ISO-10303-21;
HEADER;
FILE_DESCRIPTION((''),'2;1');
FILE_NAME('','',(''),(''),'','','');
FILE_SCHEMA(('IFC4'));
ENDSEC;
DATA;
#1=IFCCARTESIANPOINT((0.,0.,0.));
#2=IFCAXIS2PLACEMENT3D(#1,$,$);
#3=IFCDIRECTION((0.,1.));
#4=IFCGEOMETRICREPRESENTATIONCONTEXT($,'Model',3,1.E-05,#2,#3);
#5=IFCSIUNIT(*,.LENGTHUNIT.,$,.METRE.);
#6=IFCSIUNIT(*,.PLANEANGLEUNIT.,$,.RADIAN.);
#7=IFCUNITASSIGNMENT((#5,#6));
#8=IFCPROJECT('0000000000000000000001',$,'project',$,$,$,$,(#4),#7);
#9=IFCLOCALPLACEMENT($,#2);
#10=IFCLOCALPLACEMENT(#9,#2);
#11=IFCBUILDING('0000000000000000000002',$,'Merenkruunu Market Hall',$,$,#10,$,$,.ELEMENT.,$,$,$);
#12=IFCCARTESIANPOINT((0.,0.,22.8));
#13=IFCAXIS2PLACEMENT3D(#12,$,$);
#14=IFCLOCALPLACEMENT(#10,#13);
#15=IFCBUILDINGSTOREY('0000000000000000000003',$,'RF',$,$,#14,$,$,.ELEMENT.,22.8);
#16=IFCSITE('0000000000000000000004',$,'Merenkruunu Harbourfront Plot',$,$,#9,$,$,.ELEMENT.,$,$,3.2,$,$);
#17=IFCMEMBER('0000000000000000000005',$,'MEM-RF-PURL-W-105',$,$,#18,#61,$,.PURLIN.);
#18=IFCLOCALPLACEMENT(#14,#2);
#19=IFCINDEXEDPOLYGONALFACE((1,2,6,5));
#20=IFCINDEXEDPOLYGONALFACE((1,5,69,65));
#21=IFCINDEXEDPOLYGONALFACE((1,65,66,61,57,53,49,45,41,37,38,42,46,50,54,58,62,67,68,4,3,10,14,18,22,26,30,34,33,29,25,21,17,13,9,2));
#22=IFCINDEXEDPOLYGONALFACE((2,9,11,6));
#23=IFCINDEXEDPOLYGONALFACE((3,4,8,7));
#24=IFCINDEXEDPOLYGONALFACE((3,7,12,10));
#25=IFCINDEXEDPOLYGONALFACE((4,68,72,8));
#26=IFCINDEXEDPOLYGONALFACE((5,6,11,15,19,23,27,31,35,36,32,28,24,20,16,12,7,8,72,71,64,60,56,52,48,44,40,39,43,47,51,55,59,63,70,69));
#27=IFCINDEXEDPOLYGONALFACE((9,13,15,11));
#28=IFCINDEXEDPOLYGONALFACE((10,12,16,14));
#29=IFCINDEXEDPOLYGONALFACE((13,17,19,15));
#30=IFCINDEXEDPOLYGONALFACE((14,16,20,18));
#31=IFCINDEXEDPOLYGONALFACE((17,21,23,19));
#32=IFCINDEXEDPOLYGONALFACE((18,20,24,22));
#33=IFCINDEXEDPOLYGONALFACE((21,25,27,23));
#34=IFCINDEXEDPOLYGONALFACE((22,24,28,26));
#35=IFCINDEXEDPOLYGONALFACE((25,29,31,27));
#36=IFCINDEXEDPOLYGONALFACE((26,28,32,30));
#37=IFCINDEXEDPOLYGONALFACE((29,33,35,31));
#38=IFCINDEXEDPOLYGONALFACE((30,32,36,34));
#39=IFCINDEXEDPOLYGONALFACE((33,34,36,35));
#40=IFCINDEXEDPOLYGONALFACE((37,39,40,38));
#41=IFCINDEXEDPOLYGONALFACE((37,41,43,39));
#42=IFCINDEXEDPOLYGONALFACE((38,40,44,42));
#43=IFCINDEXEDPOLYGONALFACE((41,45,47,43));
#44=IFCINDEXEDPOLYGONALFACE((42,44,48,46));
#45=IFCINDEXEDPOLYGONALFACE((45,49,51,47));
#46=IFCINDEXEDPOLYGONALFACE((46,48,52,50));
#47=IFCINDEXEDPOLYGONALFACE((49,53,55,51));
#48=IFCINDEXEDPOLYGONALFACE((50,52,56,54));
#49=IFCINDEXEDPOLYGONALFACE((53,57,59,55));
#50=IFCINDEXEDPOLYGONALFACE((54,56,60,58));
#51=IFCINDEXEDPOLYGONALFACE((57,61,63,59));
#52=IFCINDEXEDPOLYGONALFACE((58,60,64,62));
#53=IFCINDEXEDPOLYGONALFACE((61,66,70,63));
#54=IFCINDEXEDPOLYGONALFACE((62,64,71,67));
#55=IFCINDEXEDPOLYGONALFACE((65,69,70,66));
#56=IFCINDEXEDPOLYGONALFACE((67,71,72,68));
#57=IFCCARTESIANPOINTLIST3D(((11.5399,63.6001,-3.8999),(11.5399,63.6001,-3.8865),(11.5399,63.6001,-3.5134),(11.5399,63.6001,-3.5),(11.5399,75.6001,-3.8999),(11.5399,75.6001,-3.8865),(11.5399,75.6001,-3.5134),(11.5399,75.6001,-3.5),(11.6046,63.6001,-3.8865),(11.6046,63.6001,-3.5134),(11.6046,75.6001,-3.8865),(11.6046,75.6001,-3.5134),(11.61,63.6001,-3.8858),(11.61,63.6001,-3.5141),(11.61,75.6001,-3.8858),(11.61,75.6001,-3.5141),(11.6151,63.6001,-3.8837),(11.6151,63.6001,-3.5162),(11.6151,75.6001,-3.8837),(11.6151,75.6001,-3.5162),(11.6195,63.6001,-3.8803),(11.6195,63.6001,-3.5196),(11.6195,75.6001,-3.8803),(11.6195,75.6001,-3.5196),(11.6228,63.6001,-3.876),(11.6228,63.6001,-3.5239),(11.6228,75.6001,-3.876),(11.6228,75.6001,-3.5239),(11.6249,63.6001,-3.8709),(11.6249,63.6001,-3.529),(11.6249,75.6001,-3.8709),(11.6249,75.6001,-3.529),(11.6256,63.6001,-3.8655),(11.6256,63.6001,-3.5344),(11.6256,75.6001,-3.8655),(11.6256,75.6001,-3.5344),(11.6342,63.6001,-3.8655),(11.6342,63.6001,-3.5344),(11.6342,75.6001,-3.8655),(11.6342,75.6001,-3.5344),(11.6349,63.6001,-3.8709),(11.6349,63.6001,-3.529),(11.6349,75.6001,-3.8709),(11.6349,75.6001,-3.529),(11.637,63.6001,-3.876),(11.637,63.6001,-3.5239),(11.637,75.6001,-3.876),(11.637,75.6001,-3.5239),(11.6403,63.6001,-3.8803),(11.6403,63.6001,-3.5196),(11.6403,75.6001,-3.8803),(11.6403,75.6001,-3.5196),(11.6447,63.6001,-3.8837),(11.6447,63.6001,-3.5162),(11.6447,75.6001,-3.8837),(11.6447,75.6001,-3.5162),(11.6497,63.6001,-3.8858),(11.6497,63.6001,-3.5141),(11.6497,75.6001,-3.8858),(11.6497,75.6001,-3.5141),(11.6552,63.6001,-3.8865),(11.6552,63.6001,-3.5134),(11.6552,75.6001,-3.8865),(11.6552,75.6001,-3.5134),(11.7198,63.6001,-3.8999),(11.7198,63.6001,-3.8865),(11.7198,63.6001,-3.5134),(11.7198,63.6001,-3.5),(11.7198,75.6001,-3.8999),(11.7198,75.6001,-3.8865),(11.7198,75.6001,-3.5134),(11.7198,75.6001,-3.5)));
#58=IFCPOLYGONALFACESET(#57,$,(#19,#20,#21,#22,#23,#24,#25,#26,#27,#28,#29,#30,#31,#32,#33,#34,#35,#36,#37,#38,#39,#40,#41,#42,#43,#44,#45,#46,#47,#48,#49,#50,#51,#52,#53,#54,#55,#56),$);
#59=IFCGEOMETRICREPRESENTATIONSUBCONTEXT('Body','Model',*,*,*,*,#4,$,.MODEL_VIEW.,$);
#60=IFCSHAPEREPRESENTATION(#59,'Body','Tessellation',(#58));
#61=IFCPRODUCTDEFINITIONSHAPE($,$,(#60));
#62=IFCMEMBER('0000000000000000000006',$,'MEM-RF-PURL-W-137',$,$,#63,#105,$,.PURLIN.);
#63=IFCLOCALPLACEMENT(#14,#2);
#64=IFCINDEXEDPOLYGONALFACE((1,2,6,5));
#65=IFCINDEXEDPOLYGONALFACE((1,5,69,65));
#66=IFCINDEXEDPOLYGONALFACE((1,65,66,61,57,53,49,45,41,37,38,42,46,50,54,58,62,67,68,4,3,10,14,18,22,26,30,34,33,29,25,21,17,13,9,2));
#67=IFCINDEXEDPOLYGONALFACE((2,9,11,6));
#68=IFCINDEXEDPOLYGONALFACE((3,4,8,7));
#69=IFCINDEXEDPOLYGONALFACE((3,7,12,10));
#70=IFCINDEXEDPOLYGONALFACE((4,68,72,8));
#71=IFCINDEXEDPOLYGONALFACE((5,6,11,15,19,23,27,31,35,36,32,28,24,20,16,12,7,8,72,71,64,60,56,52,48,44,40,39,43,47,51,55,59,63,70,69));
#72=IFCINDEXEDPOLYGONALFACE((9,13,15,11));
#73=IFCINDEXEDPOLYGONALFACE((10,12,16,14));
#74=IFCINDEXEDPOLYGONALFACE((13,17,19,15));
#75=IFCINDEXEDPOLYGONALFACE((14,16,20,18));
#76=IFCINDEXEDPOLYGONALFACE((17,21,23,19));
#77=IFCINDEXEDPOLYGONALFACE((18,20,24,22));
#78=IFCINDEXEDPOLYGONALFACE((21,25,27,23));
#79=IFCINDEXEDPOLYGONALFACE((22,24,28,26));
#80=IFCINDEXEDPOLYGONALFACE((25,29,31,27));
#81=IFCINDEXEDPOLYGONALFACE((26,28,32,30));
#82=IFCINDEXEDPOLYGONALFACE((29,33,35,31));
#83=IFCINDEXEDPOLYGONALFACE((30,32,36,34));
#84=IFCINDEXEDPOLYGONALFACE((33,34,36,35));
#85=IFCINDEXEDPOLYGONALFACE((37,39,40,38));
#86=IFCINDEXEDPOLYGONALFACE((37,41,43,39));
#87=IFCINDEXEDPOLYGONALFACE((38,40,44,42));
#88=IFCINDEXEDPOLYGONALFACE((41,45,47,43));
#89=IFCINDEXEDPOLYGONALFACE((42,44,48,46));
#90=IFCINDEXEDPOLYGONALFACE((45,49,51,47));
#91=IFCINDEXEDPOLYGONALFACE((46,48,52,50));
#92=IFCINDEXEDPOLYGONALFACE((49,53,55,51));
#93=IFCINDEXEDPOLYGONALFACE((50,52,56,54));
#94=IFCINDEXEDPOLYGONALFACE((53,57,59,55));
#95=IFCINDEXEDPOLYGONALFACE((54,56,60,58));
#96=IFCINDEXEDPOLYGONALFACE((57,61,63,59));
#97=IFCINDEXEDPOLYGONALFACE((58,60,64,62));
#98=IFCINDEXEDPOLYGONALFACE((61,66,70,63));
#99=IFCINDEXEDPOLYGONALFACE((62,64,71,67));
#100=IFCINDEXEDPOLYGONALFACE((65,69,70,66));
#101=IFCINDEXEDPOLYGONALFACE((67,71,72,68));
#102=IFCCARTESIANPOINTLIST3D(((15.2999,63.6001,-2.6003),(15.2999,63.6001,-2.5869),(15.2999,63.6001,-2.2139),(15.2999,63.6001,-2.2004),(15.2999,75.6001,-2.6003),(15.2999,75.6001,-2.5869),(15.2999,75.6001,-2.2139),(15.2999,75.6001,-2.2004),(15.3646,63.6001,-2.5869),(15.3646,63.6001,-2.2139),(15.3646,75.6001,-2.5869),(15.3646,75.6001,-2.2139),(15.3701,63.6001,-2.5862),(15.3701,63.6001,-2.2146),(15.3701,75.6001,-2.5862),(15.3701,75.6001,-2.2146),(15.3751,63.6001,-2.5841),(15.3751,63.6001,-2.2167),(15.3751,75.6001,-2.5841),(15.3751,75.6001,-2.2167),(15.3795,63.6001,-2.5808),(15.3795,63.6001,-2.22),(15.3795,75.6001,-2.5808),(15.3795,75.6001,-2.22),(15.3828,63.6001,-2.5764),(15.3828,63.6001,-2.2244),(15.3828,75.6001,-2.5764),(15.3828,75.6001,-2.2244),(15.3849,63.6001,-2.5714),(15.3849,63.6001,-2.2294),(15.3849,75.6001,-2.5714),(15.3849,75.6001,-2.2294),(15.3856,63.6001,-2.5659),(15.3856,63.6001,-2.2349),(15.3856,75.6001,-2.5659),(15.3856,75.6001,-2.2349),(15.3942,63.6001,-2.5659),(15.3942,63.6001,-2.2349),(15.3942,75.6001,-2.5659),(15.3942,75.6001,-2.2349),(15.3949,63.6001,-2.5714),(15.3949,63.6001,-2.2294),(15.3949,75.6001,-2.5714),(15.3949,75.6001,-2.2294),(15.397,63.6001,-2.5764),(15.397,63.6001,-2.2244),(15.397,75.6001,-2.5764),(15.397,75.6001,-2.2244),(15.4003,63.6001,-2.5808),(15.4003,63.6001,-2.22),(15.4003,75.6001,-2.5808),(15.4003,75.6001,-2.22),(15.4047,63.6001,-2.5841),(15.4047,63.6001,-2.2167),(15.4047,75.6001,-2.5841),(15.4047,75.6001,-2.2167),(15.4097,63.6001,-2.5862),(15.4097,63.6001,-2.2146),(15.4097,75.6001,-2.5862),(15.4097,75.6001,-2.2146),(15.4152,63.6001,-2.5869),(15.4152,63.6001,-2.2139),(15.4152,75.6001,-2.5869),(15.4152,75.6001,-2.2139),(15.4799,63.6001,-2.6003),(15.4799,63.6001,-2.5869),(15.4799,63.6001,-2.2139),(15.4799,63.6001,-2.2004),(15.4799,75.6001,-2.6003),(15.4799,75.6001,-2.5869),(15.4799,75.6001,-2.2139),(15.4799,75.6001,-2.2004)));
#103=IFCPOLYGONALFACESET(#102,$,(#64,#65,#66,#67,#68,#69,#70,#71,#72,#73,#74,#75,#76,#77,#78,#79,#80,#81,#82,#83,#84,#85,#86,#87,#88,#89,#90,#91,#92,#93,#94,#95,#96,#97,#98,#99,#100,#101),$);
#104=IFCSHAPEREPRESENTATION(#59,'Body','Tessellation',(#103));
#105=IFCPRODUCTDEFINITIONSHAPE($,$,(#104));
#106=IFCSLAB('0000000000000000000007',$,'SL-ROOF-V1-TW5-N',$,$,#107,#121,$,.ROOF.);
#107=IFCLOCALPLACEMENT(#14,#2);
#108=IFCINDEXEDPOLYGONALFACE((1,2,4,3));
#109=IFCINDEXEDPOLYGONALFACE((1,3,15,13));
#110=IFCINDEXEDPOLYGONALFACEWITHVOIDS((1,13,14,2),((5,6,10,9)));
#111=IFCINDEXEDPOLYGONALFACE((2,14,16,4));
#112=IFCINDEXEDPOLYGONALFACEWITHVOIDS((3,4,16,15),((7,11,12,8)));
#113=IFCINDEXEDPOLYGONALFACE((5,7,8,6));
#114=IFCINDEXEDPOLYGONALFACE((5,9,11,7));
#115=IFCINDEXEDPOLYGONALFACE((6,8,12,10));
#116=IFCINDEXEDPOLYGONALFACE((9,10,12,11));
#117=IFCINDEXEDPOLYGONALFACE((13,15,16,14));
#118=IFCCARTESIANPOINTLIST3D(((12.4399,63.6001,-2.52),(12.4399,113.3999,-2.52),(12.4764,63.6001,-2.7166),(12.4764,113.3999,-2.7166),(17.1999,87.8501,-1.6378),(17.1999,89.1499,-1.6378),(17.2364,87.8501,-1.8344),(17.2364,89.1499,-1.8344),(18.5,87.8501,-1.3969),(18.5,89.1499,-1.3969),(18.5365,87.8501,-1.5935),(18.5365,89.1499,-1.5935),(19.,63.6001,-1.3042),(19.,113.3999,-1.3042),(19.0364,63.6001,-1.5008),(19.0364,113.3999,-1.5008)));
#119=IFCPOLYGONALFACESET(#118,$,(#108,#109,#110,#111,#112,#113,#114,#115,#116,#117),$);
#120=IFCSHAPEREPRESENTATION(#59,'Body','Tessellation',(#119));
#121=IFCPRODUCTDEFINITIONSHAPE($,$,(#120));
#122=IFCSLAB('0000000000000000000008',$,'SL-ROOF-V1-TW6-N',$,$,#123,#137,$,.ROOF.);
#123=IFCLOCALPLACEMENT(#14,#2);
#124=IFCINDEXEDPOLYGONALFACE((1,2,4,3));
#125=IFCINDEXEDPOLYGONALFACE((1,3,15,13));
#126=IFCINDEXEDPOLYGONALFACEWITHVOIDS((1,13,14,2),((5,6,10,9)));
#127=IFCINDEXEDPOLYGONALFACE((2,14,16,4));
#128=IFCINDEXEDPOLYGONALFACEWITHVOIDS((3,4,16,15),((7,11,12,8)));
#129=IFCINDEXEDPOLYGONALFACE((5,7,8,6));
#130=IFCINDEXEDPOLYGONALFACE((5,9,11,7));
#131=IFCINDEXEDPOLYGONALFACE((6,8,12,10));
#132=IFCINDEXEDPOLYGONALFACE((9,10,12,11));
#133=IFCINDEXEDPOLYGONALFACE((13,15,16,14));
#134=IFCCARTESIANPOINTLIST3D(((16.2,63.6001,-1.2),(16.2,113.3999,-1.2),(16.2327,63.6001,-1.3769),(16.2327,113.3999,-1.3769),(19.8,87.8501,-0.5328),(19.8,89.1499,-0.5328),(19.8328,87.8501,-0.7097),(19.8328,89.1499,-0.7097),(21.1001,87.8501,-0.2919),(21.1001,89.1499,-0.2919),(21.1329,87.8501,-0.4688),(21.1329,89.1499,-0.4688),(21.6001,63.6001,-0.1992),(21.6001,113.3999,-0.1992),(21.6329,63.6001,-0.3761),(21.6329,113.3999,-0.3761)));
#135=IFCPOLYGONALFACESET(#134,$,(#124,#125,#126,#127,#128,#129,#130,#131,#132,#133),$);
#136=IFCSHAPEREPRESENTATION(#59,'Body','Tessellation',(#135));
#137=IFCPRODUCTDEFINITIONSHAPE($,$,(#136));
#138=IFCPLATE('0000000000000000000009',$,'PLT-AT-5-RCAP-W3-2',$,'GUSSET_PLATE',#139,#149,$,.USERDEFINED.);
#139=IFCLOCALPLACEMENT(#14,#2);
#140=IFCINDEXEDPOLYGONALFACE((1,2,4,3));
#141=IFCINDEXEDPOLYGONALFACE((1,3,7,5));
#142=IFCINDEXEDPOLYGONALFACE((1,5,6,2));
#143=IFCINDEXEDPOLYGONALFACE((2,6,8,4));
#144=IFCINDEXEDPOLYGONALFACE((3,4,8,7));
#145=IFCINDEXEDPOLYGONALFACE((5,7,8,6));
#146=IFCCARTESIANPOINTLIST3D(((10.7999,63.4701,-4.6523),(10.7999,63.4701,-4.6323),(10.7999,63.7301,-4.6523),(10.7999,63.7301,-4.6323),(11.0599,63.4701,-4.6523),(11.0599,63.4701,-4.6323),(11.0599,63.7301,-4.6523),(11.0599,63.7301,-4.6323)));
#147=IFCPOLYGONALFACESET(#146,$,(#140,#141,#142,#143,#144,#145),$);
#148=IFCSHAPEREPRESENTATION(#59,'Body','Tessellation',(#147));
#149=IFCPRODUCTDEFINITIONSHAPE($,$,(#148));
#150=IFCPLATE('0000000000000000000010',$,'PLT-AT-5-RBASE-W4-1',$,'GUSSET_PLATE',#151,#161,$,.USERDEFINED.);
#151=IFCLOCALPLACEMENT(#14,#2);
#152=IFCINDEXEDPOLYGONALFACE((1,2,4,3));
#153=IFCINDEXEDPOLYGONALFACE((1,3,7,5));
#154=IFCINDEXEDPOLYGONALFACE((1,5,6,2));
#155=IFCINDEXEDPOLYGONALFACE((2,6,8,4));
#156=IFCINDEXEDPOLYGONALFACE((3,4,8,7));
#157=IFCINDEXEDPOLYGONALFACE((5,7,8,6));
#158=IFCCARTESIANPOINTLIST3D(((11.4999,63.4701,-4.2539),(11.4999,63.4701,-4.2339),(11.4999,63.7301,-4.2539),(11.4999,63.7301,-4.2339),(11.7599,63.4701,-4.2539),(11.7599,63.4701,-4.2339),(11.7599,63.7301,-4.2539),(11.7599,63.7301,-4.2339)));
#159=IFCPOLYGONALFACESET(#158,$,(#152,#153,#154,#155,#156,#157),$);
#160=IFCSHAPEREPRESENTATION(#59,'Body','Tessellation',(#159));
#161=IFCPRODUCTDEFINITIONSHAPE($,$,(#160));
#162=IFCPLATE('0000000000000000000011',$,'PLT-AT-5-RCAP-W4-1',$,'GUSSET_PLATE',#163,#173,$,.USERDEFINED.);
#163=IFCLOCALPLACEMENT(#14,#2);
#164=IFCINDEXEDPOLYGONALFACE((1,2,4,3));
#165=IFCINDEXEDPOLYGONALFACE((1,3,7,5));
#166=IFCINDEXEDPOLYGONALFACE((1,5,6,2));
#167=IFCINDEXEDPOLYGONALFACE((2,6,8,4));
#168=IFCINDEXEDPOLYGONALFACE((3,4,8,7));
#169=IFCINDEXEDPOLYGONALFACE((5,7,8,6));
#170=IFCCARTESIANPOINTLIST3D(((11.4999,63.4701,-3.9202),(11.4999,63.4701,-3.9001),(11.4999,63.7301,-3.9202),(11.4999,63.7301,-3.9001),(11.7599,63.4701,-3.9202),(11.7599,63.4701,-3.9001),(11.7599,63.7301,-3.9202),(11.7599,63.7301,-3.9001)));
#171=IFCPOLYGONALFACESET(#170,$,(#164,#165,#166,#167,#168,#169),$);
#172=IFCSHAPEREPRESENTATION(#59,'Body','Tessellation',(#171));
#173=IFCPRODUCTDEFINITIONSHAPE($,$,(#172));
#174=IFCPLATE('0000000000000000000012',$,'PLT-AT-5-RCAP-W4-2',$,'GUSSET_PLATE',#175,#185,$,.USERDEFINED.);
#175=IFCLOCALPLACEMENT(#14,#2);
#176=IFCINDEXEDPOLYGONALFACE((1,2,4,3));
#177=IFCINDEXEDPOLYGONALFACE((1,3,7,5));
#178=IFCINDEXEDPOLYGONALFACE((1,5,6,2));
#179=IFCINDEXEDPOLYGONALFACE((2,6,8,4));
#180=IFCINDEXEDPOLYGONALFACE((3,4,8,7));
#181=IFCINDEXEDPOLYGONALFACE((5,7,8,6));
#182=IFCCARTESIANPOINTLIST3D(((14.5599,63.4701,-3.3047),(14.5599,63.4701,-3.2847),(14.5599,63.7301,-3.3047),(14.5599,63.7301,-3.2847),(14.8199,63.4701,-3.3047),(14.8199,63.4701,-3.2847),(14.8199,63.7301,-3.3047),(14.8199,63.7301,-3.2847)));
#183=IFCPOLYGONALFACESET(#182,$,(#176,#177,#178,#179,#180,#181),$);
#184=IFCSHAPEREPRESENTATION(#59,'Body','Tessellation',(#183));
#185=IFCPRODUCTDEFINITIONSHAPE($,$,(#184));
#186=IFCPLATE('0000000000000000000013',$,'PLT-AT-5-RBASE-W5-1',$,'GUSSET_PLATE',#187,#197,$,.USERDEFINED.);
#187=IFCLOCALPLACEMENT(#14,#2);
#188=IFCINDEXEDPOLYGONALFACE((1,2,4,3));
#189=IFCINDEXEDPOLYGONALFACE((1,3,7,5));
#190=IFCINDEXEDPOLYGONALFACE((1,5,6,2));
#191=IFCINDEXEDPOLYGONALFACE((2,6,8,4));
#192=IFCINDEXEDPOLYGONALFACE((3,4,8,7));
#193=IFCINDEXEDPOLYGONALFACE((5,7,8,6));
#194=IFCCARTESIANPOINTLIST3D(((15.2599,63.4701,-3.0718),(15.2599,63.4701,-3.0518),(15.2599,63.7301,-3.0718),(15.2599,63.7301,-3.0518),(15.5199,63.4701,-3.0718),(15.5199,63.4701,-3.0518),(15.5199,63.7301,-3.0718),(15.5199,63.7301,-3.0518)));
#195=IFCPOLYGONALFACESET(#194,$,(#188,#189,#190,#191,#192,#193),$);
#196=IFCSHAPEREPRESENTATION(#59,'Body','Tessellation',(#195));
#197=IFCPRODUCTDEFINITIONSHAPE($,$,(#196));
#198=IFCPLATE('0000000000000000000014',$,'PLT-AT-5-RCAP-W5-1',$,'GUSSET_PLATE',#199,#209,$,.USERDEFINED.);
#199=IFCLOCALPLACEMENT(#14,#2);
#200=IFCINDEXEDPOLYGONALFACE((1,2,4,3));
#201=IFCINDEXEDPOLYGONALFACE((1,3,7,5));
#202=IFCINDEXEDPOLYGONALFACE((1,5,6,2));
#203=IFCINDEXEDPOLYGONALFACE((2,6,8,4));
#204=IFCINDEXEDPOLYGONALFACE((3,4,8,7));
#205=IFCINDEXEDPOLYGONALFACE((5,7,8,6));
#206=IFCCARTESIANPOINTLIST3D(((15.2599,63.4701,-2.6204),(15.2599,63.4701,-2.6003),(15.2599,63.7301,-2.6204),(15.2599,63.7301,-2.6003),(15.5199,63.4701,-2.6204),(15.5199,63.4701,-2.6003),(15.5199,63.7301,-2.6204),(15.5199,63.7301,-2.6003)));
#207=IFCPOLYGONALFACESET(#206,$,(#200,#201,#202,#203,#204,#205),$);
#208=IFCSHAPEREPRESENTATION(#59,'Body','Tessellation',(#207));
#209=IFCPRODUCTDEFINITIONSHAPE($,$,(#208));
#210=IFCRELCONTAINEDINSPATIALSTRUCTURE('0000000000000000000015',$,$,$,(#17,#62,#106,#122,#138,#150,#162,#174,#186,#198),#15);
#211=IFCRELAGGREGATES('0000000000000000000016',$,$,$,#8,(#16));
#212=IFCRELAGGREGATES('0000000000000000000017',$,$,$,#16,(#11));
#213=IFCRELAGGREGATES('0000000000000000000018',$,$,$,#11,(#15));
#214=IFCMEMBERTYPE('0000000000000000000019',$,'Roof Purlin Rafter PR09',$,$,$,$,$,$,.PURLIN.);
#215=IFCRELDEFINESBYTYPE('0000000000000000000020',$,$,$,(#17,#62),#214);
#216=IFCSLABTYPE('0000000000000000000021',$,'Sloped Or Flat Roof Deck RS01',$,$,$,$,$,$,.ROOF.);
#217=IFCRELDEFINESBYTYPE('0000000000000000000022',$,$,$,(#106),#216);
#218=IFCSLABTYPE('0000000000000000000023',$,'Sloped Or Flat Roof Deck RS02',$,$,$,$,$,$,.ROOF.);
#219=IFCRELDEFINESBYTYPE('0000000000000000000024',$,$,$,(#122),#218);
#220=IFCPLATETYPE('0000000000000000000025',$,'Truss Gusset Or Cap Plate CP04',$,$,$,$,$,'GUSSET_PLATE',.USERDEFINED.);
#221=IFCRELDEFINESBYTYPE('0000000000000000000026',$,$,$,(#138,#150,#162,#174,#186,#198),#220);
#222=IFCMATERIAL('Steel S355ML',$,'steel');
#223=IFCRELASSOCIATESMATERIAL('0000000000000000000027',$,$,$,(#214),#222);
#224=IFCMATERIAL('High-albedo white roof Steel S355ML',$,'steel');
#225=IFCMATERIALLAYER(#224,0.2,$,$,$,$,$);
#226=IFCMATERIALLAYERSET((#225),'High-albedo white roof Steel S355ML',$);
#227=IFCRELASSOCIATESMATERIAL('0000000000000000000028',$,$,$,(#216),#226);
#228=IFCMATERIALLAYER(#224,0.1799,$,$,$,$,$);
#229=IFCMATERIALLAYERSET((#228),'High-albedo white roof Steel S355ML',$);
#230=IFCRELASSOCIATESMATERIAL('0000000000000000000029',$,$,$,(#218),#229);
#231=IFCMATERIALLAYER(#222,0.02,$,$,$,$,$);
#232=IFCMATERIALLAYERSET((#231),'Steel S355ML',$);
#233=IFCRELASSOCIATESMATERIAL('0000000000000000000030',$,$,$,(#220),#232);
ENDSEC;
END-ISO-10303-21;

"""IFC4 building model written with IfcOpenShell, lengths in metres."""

from ifc_helpers import new_model, si_unit, direction, frame, origin, origin_2d, place, context, subcontext, project, spatial, polyline, rectangle, i_section, outline, extrude, material, layer, layer_set, material_profile, profile_set, type_object, element, save


model = new_model("IFC4")

# Units and contexts
model_context = context("Model", 3, precision=1e-05, world=origin(), true_north=direction((0.0, 1.0)))
body_context = subcontext(model_context, "Body", "Model", "MODEL_VIEW")
ifc_project = project(units=[si_unit("LENGTHUNIT", "METRE"), si_unit("PLANEANGLEUNIT", "RADIAN")], contexts=[model_context])

# Site, building, storey
site_placement = place(None, origin())
site = spatial("IfcSite", under=ifc_project, at=site_placement, Name="Merenkruunu Harbourfront Plot", CompositionType="ELEMENT", RefElevation=3.2)
building_placement = place(site_placement, origin())
building = spatial("IfcBuilding", under=site, at=building_placement, Name="Merenkruunu Market Hall", CompositionType="ELEMENT")
storey_placement = place(building_placement, frame((0.0, 0.0, 22.8)))
storey = spatial("IfcBuildingStorey", under=building, at=storey_placement, Name="RF", CompositionType="ELEMENT", Elevation=22.8)

# Members
ifc_material_1 = material(Name="Steel S355ML", Category="steel")
ifc_material_profile_1 = material_profile(ifc_material_1, i_section(OverallWidth=0.1799, OverallDepth=0.3999, WebThickness=0.0085, FlangeThickness=0.0134, FilletRadius=0.021, at=origin_2d()), Name="IPE 400")
ifc_profile_set_1 = profile_set([ifc_material_profile_1], Name="Steel S355ML")
member_type_1 = type_object("IfcMemberType", Name="Roof Purlin Rafter PR09", PredefinedType="PURLIN", material=ifc_profile_set_1)
for number, where, z_axis, x_axis, name in (
    (1, (11.6299, 63.6001, -3.7), (0.0, 1.0, 0.0), (-1.0, 0.0, 0.0), "MEM-RF-PURL-W-105"),
    (2, (15.3899, 63.6001, -2.4004), (0.0, 1.0, 0.0), (-1.0, 0.0, 0.0), "MEM-RF-PURL-W-137"),
):
    element("IfcMember", number, at=place(storey_placement, frame(where, z_axis=z_axis, x_axis=x_axis)), inside=storey, type_object=member_type_1, Name=name, PredefinedType="PURLIN", context=body_context, shape_type="SweptSolid", body=[
        extrude(i_section(OverallWidth=0.1799, OverallDepth=0.3999, WebThickness=0.0085, FlangeThickness=0.0134, FilletRadius=0.021, at=origin_2d()), origin(), (0.0, 0.0, 1.0), 12.0),
    ])

# Slabs
ifc_material_2 = material(Name="High-albedo white roof Steel S355ML", Category="steel")
ifc_layer_1 = layer(ifc_material_2, 0.2)
ifc_layer_set_1 = layer_set([ifc_layer_1], Name="High-albedo white roof Steel S355ML")
slab_type_1 = type_object("IfcSlabType", Name="Sloped Or Flat Roof Deck RS01", PredefinedType="ROOF", material=ifc_layer_set_1)
slab_1_placement = place(storey_placement, frame((12.4399, 63.6001, -2.52), z_axis=(-0.182233, 0.0, 0.983255), x_axis=(0.983255, 0.0, 0.182233)))
element("IfcSlab", 3, at=slab_1_placement, inside=storey, type_object=slab_type_1, Name="SL-ROOF-V1-TW5-N", PredefinedType="ROOF", context=body_context, shape_type="SweptSolid", body=[
    extrude(outline(polyline([(0.0, 0.0), (6.6718, 0.0), (6.6718, 49.7998), (0.0, 49.7998), (0.0, 0.0)]), holes=[polyline([(4.841, 24.25), (6.1633, 24.25), (6.1633, 25.5498), (4.841, 25.5498), (4.841, 24.25)])]), origin(), (0.0, 0.0, -1.0), 0.2),
])
ifc_layer_2 = layer(ifc_material_2, 0.1799)
ifc_layer_set_2 = layer_set([ifc_layer_2], Name="High-albedo white roof Steel S355ML")
slab_type_2 = type_object("IfcSlabType", Name="Sloped Or Flat Roof Deck RS02", PredefinedType="ROOF", material=ifc_layer_set_2)
slab_2_placement = place(storey_placement, frame((16.2, 63.6001, -1.2), z_axis=(-0.182213, 0.0, 0.983259), x_axis=(0.983259, 0.0, 0.182213)))
element("IfcSlab", 4, at=slab_2_placement, inside=storey, type_object=slab_type_2, Name="SL-ROOF-V1-TW6-N", PredefinedType="ROOF", context=body_context, shape_type="SweptSolid", body=[
    extrude(outline(polyline([(0.0, 0.0), (5.4921, 0.0), (5.4921, 49.7998), (0.0, 49.7998), (0.0, 0.0)]), holes=[polyline([(3.6614, 24.25), (4.9836, 24.25), (4.9836, 25.5498), (3.6614, 25.5498), (3.6614, 24.25)])]), origin(), (0.0, 0.0, -1.0), 0.1799),
])

# Plates
ifc_layer_3 = layer(ifc_material_1, 0.02)
ifc_layer_set_3 = layer_set([ifc_layer_3], Name="Steel S355ML")
plate_type_1 = type_object("IfcPlateType", Name="Truss Gusset Or Cap Plate CP04", ElementType="GUSSET_PLATE", PredefinedType="USERDEFINED", material=ifc_layer_set_3)
for number, where, z_axis, x_axis, name in (
    (5, (10.9299, 63.6001, -4.6523), (0.0, 0.0, 1.0), (1.0, 0.0, 0.0), "PLT-AT-5-RCAP-W3-2"),
    (6, (11.6299, 63.6001, -4.2539), (0.0, 0.0, 1.0), (1.0, 0.0, 0.0), "PLT-AT-5-RBASE-W4-1"),
    (7, (11.6299, 63.6001, -3.9202), (0.0, 0.0, 1.0), (1.0, 0.0, 0.0), "PLT-AT-5-RCAP-W4-1"),
    (8, (14.6899, 63.6001, -3.3047), (0.0, 0.0, 1.0), (1.0, 0.0, 0.0), "PLT-AT-5-RCAP-W4-2"),
    (9, (15.3899, 63.6001, -3.0718), (0.0, 0.0, 1.0), (1.0, 0.0, 0.0), "PLT-AT-5-RBASE-W5-1"),
    (10, (15.3899, 63.6001, -2.6204), (0.0, 0.0, 1.0), (1.0, 0.0, 0.0), "PLT-AT-5-RCAP-W5-1"),
):
    element("IfcPlate", number, at=place(storey_placement, frame(where, z_axis=z_axis, x_axis=x_axis)), inside=storey, type_object=plate_type_1, Name=name, ObjectType="GUSSET_PLATE", PredefinedType="USERDEFINED", context=body_context, shape_type="SweptSolid", body=[
        extrude(rectangle(XDim=0.26, YDim=0.26, at=origin_2d()), origin(), (0.0, 0.0, 1.0), 0.02),
    ])

save(model, "model.ifc")
